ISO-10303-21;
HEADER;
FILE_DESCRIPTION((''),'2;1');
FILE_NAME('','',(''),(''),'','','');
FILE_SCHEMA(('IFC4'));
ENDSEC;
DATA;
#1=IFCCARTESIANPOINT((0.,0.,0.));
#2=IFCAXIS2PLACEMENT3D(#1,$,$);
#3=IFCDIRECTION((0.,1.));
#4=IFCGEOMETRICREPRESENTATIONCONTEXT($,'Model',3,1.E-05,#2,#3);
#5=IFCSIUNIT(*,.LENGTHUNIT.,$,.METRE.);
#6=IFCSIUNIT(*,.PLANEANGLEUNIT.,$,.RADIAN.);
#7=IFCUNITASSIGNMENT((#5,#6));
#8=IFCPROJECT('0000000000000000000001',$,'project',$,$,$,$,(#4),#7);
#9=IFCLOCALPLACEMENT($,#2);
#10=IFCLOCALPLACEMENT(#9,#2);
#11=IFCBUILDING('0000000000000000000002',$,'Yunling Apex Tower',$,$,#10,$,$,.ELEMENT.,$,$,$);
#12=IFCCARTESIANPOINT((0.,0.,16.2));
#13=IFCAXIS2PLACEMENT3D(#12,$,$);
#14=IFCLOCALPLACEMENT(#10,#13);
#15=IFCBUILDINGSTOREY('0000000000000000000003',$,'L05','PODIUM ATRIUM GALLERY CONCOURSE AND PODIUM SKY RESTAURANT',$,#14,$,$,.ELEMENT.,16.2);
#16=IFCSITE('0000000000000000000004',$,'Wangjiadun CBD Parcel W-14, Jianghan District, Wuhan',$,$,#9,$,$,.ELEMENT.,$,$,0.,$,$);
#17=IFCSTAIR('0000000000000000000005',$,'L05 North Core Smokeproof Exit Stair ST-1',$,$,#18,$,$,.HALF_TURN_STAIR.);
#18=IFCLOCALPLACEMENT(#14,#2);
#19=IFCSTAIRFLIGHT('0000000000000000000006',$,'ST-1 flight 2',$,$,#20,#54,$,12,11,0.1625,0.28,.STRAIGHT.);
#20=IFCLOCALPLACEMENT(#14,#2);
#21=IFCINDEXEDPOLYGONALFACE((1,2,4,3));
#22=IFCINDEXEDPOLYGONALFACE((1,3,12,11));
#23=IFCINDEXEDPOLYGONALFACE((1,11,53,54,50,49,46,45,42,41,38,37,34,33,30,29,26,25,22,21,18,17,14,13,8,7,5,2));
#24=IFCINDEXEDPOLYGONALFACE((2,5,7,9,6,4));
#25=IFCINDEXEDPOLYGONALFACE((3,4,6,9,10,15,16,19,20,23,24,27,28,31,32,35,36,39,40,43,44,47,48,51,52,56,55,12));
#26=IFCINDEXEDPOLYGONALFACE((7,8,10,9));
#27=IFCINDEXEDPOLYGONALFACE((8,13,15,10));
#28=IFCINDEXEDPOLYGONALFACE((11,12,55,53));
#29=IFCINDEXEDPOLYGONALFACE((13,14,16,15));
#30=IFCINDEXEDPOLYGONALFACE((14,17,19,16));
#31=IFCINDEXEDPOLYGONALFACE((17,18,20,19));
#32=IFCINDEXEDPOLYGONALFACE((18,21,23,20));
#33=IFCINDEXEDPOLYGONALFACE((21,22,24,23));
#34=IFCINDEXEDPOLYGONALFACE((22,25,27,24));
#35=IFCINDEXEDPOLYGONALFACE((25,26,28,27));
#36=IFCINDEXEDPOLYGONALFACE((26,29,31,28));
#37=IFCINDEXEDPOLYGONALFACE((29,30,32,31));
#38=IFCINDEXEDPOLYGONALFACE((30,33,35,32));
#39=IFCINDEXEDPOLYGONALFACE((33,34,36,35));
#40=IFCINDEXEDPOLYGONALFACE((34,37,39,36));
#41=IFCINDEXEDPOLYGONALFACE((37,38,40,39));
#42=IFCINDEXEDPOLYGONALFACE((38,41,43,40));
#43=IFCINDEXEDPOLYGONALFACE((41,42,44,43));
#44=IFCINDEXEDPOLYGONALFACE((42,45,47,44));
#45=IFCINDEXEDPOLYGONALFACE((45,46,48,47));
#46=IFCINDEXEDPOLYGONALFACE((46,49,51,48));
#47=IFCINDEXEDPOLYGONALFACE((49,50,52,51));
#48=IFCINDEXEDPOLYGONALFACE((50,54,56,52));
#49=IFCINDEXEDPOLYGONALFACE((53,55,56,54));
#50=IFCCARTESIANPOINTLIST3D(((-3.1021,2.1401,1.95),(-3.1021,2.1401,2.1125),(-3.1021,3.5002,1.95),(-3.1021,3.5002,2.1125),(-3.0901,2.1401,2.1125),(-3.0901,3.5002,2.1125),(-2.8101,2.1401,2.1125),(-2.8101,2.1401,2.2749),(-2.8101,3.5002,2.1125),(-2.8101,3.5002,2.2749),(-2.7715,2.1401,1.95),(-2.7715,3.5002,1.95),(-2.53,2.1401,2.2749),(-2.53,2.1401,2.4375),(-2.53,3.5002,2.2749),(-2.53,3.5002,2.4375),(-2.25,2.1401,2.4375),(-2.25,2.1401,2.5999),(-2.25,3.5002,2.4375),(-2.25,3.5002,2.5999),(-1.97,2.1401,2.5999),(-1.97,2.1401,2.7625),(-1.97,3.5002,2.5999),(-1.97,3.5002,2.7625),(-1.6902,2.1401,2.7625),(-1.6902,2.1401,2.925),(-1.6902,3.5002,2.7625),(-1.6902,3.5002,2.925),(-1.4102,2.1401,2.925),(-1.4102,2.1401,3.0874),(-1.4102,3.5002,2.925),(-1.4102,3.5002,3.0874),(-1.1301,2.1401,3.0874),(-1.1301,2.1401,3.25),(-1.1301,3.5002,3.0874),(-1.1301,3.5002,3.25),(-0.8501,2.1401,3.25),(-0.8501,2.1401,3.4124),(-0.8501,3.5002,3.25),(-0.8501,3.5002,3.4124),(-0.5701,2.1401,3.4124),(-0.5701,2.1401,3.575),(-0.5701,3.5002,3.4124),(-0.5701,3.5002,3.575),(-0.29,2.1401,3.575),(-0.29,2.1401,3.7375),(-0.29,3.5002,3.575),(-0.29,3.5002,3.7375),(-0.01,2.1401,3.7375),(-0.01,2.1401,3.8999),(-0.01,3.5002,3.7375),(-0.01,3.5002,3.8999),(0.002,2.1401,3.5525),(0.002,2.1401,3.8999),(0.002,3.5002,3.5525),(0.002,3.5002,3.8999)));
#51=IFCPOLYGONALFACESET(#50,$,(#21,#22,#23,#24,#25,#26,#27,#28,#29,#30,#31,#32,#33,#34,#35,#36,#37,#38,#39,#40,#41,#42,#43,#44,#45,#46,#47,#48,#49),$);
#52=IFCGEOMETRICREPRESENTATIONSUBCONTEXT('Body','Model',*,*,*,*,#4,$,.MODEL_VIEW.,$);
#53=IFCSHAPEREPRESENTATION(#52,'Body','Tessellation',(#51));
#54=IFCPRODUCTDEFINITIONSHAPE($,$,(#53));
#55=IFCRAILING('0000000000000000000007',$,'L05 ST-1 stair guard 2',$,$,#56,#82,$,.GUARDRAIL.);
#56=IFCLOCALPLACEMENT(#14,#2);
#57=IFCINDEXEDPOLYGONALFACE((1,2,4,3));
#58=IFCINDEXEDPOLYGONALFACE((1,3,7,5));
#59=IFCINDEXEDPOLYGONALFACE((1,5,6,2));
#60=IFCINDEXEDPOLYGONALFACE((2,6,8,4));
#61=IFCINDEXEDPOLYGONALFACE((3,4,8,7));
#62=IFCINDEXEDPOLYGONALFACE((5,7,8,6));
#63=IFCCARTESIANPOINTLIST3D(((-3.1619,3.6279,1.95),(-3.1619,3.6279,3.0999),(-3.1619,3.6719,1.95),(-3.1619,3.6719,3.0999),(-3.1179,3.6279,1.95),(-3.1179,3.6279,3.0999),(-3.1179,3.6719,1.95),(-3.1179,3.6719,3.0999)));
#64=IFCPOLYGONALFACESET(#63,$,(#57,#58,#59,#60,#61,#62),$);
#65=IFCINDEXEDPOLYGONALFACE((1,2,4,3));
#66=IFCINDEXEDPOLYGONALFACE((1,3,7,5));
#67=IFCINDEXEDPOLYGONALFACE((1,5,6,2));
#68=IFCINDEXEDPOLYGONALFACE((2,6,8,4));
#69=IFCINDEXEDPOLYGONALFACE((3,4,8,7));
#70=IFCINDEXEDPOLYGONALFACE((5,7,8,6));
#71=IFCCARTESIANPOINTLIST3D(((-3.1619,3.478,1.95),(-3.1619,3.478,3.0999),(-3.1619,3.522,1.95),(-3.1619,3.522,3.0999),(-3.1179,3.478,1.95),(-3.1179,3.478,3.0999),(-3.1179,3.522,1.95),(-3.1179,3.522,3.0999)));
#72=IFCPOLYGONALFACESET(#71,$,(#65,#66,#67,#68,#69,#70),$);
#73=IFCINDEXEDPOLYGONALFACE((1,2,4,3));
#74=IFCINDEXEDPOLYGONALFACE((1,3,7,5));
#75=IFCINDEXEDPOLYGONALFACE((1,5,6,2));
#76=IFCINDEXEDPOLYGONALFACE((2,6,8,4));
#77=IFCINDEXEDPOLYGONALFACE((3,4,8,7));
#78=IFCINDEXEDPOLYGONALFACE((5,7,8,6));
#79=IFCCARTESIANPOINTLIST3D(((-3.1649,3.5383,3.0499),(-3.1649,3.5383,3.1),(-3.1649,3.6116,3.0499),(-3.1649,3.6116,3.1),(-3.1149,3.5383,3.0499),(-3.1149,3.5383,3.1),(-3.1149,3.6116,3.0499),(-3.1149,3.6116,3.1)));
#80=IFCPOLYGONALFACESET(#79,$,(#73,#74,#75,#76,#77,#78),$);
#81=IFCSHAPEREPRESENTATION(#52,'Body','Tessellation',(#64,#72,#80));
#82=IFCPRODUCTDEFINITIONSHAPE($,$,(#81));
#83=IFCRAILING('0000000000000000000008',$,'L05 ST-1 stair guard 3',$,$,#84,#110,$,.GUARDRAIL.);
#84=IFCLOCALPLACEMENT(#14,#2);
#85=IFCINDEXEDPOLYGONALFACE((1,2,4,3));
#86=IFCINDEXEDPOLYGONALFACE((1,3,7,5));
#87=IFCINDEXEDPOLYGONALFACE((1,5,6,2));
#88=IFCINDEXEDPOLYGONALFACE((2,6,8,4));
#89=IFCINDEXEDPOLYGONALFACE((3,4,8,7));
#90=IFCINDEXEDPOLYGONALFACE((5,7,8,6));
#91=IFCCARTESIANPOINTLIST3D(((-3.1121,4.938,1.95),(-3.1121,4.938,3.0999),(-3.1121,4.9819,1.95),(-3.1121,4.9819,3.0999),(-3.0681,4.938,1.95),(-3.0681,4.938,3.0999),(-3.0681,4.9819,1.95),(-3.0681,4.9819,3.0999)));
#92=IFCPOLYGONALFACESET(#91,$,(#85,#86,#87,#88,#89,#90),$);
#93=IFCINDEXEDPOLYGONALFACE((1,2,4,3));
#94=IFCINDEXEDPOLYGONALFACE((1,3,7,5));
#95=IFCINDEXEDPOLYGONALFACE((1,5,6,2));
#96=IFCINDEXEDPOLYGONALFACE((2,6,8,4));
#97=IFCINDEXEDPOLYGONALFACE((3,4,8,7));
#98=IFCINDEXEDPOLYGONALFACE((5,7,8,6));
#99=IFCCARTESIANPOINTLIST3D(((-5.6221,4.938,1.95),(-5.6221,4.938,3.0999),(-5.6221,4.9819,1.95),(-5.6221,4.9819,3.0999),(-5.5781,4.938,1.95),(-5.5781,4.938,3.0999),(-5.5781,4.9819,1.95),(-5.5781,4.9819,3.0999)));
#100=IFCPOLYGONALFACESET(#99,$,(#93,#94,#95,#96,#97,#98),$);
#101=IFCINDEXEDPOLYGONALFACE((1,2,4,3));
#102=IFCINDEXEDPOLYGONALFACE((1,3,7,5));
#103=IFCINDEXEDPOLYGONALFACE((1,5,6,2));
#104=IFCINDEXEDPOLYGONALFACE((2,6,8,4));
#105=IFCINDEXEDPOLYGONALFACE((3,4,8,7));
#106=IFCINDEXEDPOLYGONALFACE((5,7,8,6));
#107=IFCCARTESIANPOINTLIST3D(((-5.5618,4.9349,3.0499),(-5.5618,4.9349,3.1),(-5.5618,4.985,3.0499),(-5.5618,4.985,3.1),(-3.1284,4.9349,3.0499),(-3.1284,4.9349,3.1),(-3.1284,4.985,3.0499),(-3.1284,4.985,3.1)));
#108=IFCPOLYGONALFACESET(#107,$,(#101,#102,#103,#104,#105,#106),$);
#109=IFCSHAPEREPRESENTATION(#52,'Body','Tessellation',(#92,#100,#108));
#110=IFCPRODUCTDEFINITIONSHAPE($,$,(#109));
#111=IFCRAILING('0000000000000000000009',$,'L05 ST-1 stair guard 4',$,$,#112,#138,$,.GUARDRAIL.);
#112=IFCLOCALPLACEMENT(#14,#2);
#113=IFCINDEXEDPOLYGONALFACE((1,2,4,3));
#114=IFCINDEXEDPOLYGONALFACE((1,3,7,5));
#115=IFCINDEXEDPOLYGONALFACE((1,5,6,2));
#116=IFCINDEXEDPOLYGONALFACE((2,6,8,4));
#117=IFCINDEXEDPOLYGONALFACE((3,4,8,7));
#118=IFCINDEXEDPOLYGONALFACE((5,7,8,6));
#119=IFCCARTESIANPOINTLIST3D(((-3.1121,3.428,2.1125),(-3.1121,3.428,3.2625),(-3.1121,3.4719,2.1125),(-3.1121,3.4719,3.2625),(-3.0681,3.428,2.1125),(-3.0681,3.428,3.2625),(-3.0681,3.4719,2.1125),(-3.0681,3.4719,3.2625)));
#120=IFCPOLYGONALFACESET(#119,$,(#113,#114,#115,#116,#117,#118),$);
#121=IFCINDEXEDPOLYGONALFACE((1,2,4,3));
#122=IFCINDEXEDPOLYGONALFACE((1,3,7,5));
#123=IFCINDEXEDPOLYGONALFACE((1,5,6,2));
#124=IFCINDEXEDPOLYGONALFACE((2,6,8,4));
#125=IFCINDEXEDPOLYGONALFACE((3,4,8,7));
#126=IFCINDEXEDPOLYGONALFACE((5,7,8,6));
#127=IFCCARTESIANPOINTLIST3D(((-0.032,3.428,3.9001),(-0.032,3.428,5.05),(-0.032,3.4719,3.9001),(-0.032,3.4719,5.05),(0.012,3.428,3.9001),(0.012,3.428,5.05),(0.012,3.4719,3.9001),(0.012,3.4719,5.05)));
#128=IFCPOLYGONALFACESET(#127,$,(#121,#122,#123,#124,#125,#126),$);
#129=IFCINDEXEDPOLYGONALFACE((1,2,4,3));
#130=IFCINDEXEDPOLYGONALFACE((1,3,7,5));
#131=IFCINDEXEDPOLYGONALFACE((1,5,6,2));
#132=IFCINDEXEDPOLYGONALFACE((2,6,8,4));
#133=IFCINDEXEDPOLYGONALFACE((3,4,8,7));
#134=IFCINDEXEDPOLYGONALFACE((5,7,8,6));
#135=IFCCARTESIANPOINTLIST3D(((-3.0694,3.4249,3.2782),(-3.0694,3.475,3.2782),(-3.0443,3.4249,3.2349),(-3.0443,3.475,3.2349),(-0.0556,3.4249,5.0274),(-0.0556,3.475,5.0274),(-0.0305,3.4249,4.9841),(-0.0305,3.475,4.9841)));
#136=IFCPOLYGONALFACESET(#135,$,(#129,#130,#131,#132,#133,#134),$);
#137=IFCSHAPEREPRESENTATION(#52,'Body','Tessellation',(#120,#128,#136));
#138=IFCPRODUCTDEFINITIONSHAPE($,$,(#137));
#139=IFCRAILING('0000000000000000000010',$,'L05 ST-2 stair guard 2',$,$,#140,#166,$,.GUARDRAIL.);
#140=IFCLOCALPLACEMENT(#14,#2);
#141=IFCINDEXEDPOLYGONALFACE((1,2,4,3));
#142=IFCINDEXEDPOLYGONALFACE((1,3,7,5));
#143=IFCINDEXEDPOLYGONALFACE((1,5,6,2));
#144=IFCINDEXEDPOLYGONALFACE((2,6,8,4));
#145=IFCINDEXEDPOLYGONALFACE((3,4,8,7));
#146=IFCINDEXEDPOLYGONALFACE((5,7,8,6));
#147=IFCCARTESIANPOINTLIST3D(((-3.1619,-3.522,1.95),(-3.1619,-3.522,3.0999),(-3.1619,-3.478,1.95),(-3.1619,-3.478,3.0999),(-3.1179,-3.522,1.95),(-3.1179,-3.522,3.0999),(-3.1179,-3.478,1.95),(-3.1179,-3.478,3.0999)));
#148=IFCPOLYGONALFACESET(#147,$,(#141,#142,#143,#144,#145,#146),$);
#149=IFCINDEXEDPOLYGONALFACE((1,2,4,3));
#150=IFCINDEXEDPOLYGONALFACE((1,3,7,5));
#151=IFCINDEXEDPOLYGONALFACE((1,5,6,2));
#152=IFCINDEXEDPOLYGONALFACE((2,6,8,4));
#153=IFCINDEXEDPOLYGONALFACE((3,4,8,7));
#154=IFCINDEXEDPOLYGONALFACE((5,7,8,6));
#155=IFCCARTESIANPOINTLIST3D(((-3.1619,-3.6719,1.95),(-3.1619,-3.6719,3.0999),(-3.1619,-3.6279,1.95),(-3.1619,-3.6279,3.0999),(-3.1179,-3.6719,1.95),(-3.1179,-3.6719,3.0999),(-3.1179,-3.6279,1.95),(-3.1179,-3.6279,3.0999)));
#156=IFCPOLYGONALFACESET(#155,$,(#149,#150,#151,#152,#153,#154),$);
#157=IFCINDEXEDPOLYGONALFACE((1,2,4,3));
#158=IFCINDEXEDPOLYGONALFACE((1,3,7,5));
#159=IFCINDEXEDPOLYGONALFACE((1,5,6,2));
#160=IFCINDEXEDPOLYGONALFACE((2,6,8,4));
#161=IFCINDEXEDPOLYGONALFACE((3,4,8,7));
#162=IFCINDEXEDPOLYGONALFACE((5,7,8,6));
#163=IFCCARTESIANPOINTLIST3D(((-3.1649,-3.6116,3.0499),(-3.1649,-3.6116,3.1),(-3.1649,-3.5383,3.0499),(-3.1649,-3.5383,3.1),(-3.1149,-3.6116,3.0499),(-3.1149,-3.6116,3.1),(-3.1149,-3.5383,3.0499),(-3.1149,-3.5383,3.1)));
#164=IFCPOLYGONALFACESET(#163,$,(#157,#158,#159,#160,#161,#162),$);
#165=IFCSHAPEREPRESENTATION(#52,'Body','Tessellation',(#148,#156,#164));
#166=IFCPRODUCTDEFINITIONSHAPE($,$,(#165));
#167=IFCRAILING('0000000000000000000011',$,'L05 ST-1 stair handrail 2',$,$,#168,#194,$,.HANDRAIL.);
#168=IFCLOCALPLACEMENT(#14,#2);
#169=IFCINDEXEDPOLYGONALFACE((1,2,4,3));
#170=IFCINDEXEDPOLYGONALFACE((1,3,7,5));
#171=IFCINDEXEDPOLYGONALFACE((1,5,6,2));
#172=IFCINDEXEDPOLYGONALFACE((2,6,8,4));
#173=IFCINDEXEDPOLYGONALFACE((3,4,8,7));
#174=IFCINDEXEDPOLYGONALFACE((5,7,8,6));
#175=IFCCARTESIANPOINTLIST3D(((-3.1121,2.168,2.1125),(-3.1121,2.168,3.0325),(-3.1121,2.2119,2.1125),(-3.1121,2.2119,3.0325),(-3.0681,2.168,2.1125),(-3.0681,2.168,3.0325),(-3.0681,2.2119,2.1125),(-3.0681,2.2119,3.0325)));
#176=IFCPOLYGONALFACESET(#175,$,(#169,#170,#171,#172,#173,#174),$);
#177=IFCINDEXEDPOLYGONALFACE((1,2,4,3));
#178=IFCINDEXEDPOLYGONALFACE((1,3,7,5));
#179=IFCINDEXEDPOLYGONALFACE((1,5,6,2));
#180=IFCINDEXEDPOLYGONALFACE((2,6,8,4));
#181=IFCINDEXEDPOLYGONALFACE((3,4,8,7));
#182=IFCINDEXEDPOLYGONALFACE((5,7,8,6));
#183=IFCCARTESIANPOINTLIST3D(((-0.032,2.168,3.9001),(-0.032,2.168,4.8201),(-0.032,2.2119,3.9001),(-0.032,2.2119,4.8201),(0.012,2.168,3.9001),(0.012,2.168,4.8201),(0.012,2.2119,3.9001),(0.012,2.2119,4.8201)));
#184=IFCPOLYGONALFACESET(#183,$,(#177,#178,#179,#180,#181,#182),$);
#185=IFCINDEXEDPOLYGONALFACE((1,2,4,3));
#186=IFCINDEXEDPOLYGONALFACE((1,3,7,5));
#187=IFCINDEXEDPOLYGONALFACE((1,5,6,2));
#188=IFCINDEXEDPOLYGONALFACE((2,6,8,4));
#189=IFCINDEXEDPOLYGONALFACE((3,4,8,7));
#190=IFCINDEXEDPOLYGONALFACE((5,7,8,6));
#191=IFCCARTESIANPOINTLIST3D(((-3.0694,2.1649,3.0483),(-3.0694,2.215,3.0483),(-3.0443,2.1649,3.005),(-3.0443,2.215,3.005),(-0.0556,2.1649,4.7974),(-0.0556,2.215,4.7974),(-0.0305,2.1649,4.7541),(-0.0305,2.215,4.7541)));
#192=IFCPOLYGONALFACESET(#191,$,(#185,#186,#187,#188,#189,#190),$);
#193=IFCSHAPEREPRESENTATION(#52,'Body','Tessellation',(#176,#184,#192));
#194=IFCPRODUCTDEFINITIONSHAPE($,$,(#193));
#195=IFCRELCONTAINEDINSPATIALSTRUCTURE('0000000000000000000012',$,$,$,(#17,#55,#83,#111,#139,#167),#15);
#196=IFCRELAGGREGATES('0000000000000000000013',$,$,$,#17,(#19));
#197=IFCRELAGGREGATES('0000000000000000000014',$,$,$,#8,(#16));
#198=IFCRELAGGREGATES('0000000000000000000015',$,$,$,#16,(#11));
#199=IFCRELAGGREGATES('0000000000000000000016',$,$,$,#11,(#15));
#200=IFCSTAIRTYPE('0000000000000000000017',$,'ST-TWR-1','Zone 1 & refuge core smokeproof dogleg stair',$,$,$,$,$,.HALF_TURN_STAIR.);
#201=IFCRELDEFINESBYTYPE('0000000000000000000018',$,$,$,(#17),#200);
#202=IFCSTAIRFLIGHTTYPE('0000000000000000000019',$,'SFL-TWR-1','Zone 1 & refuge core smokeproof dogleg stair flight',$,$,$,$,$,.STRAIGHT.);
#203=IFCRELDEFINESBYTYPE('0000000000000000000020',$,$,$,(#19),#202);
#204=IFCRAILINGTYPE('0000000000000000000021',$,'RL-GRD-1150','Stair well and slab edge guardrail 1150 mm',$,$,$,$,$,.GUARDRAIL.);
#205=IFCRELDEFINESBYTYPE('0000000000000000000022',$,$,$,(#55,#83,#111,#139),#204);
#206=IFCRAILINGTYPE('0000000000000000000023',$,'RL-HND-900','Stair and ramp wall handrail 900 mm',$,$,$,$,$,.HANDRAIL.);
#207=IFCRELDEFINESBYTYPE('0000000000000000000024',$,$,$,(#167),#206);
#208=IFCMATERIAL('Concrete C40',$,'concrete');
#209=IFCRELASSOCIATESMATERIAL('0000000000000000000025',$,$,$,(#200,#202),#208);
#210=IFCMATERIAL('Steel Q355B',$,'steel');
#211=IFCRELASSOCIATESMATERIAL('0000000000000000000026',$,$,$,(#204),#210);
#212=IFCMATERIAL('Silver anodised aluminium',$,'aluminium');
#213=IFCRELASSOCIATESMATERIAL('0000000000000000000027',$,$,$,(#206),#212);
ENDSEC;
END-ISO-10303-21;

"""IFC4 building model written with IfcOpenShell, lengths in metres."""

from ifc_helpers import new_model, si_unit, direction, frame, origin, origin_2d, place, context, subcontext, project, spatial, polyline, rectangle, outline, extrude, material, type_object, element, aggregate, save


model = new_model("IFC4")

# Units and contexts
model_context = context("Model", 3, precision=1e-05, world=origin(), true_north=direction((0.0, 1.0)))
body_context = subcontext(model_context, "Body", "Model", "MODEL_VIEW")
ifc_project = project(units=[si_unit("LENGTHUNIT", "METRE"), si_unit("PLANEANGLEUNIT", "RADIAN")], contexts=[model_context])

# Site, building, storey
site_placement = place(None, origin())
site = spatial("IfcSite", under=ifc_project, at=site_placement, Name="Wangjiadun CBD Parcel W-14, Jianghan District, Wuhan", CompositionType="ELEMENT", RefElevation=0.0)
building_placement = place(site_placement, origin())
building = spatial("IfcBuilding", under=site, at=building_placement, Name="Yunling Apex Tower", CompositionType="ELEMENT")
storey_placement = place(building_placement, frame((0.0, 0.0, 16.2)))
storey = spatial("IfcBuildingStorey", under=building, at=storey_placement, Name="L05", Description="PODIUM ATRIUM GALLERY CONCOURSE AND PODIUM SKY RESTAURANT", CompositionType="ELEMENT", Elevation=16.2)

# Shared definitions
ifc_material_1 = material(Name="Steel Q355B", Category="steel")

# Shared definitions
ifc_material_2 = material(Name="Concrete C40", Category="concrete")

# Stair, stair flight
stair_type = type_object("IfcStairType", Name="ST-TWR-1", Description="Zone 1 & refuge core smokeproof dogleg stair", PredefinedType="HALF_TURN_STAIR", material=ifc_material_2)
stair_placement = place(storey_placement, origin())
stair = element("IfcStair", 1, at=stair_placement, inside=storey, type_object=stair_type, Name="L05 North Core Smokeproof Exit Stair ST-1", PredefinedType="HALF_TURN_STAIR")
stair_flight_type = type_object("IfcStairFlightType", Name="SFL-TWR-1", Description="Zone 1 & refuge core smokeproof dogleg stair flight", PredefinedType="STRAIGHT", material=ifc_material_2)
stair_flight_placement = place(storey_placement, frame((-3.0901, 2.8201, 1.95), z_axis=(0.0, 0.0, 1.0), x_axis=(1.0, 0.0, 0.0)))
stair_flight = element("IfcStairFlight", 2, at=stair_flight_placement, type_object=stair_flight_type, Name="ST-1 flight 2", NumberOfRisers=12, NumberOfTreads=11, PredefinedType="STRAIGHT", RiserHeight=0.1625, TreadLength=0.28, context=body_context, shape_type="SweptSolid", body=[
    extrude(outline(polyline([(-0.012, 0.0), (-0.012, 0.1626), (0.0, 0.1626), (0.28, 0.1626), (0.28, 0.325), (0.5601, 0.325), (0.5601, 0.4875), (0.8401, 0.4875), (0.8401, 0.6499), (1.1201, 0.6499), (1.1201, 0.8125), (1.3999, 0.8125), (1.3999, 0.9751), (1.6799, 0.9751), (1.6799, 1.1375), (1.96, 1.1375), (1.96, 1.3), (2.24, 1.3), (2.24, 1.4624), (2.52, 1.4624), (2.52, 1.625), (2.8, 1.625), (2.8, 1.7876), (3.0801, 1.7876), (3.0801, 1.95), (3.092, 1.95), (3.092, 1.6025), (0.3186, 0.0), (-0.012, 0.0)])), frame((0.0, 0.6802, 0.0), z_axis=(0.0, -1.0, 0.0), x_axis=(1.0, 0.0, 0.0)), (0.0, 0.0, 1.0), 1.3601),
])
aggregate(stair, [stair_flight])

# Railings
railing_type_1 = type_object("IfcRailingType", Name="RL-GRD-1150", Description="Stair well and slab edge guardrail 1150 mm", PredefinedType="GUARDRAIL", material=ifc_material_1)
railing_1_placement = place(storey_placement, frame((-3.1399, 3.6499, 1.95)))
element("IfcRailing", 3, at=railing_1_placement, inside=storey, type_object=railing_type_1, Name="L05 ST-1 stair guard 2", PredefinedType="GUARDRAIL", context=body_context, shape_type="SweptSolid", body=[
    extrude(rectangle(XDim=0.0439, YDim=0.0439, at=origin_2d()), origin(), (0.0, 0.0, 1.0), 1.1499),
    extrude(rectangle(XDim=0.0439, YDim=0.0439, at=origin_2d()), frame((0.0, -0.1499, 0.0)), (0.0, 0.0, 1.0), 1.1499),
    extrude(rectangle(XDim=0.05, YDim=0.05, at=origin_2d()), frame((0.0, -0.0383, 1.125), z_axis=(0.0, -1.0, 0.0), x_axis=(1.0, 0.0, 0.0)), (0.0, 0.0, 1.0), 0.0732),
])
railing_2_placement = place(storey_placement, frame((-3.0901, 4.96, 1.95)))
element("IfcRailing", 4, at=railing_2_placement, inside=storey, type_object=railing_type_1, Name="L05 ST-1 stair guard 3", PredefinedType="GUARDRAIL", context=body_context, shape_type="SweptSolid", body=[
    extrude(rectangle(XDim=0.0439, YDim=0.0439, at=origin_2d()), origin(), (0.0, 0.0, 1.0), 1.1499),
    extrude(rectangle(XDim=0.0439, YDim=0.0439, at=origin_2d()), frame((-2.51, 0.0, 0.0)), (0.0, 0.0, 1.0), 1.1499),
    extrude(rectangle(XDim=0.05, YDim=0.05, at=origin_2d()), frame((-0.0383, 0.0, 1.125), z_axis=(-1.0, 0.0, 0.0), x_axis=(0.0, -1.0, 0.0)), (0.0, 0.0, 1.0), 2.4333),
])
railing_3_placement = place(storey_placement, frame((-3.0901, 3.45, 2.1125)))
element("IfcRailing", 5, at=railing_3_placement, inside=storey, type_object=railing_type_1, Name="L05 ST-1 stair guard 4", PredefinedType="GUARDRAIL", context=body_context, shape_type="SweptSolid", body=[
    extrude(rectangle(XDim=0.0439, YDim=0.0439, at=origin_2d()), origin(), (0.0, 0.0, 1.0), 1.1499),
    extrude(rectangle(XDim=0.0439, YDim=0.0439, at=origin_2d()), frame((3.0801, 0.0, 1.7876)), (0.0, 0.0, 1.0), 1.1499),
    extrude(rectangle(XDim=0.05, YDim=0.05, at=origin_2d()), frame((0.0332, 0.0, 1.144), z_axis=(0.864891, 0.0, 0.50196), x_axis=(0.0, 1.0, 0.0)), (0.0, 0.0, 1.0), 3.4846),
])
railing_4_placement = place(storey_placement, frame((-3.1399, -3.5, 1.95)))
element("IfcRailing", 6, at=railing_4_placement, inside=storey, type_object=railing_type_1, Name="L05 ST-2 stair guard 2", PredefinedType="GUARDRAIL", context=body_context, shape_type="SweptSolid", body=[
    extrude(rectangle(XDim=0.0439, YDim=0.0439, at=origin_2d()), origin(), (0.0, 0.0, 1.0), 1.1499),
    extrude(rectangle(XDim=0.0439, YDim=0.0439, at=origin_2d()), frame((0.0, -0.1499, 0.0)), (0.0, 0.0, 1.0), 1.1499),
    extrude(rectangle(XDim=0.05, YDim=0.05, at=origin_2d()), frame((0.0, -0.0383, 1.125), z_axis=(0.0, -1.0, 0.0), x_axis=(1.0, 0.0, 0.0)), (0.0, 0.0, 1.0), 0.0732),
])
ifc_material_3 = material(Name="Silver anodised aluminium", Category="aluminium")
railing_type_2 = type_object("IfcRailingType", Name="RL-HND-900", Description="Stair and ramp wall handrail 900 mm", PredefinedType="HANDRAIL", material=ifc_material_3)
railing_5_placement = place(storey_placement, frame((-3.0901, 2.1899, 2.1125)))
element("IfcRailing", 7, at=railing_5_placement, inside=storey, type_object=railing_type_2, Name="L05 ST-1 stair handrail 2", PredefinedType="HANDRAIL", context=body_context, shape_type="SweptSolid", body=[
    extrude(rectangle(XDim=0.0439, YDim=0.0439, at=origin_2d()), origin(), (0.0, 0.0, 1.0), 0.9199),
    extrude(rectangle(XDim=0.0439, YDim=0.0439, at=origin_2d()), frame((3.0801, 0.0, 1.7876)), (0.0, 0.0, 1.0), 0.9199),
    extrude(rectangle(XDim=0.05, YDim=0.05, at=origin_2d()), frame((0.0332, 0.0, 0.9141), z_axis=(0.864891, 0.0, 0.50196), x_axis=(0.0, 1.0, 0.0)), (0.0, 0.0, 1.0), 3.4846),
])

save(model, "model.ifc")
